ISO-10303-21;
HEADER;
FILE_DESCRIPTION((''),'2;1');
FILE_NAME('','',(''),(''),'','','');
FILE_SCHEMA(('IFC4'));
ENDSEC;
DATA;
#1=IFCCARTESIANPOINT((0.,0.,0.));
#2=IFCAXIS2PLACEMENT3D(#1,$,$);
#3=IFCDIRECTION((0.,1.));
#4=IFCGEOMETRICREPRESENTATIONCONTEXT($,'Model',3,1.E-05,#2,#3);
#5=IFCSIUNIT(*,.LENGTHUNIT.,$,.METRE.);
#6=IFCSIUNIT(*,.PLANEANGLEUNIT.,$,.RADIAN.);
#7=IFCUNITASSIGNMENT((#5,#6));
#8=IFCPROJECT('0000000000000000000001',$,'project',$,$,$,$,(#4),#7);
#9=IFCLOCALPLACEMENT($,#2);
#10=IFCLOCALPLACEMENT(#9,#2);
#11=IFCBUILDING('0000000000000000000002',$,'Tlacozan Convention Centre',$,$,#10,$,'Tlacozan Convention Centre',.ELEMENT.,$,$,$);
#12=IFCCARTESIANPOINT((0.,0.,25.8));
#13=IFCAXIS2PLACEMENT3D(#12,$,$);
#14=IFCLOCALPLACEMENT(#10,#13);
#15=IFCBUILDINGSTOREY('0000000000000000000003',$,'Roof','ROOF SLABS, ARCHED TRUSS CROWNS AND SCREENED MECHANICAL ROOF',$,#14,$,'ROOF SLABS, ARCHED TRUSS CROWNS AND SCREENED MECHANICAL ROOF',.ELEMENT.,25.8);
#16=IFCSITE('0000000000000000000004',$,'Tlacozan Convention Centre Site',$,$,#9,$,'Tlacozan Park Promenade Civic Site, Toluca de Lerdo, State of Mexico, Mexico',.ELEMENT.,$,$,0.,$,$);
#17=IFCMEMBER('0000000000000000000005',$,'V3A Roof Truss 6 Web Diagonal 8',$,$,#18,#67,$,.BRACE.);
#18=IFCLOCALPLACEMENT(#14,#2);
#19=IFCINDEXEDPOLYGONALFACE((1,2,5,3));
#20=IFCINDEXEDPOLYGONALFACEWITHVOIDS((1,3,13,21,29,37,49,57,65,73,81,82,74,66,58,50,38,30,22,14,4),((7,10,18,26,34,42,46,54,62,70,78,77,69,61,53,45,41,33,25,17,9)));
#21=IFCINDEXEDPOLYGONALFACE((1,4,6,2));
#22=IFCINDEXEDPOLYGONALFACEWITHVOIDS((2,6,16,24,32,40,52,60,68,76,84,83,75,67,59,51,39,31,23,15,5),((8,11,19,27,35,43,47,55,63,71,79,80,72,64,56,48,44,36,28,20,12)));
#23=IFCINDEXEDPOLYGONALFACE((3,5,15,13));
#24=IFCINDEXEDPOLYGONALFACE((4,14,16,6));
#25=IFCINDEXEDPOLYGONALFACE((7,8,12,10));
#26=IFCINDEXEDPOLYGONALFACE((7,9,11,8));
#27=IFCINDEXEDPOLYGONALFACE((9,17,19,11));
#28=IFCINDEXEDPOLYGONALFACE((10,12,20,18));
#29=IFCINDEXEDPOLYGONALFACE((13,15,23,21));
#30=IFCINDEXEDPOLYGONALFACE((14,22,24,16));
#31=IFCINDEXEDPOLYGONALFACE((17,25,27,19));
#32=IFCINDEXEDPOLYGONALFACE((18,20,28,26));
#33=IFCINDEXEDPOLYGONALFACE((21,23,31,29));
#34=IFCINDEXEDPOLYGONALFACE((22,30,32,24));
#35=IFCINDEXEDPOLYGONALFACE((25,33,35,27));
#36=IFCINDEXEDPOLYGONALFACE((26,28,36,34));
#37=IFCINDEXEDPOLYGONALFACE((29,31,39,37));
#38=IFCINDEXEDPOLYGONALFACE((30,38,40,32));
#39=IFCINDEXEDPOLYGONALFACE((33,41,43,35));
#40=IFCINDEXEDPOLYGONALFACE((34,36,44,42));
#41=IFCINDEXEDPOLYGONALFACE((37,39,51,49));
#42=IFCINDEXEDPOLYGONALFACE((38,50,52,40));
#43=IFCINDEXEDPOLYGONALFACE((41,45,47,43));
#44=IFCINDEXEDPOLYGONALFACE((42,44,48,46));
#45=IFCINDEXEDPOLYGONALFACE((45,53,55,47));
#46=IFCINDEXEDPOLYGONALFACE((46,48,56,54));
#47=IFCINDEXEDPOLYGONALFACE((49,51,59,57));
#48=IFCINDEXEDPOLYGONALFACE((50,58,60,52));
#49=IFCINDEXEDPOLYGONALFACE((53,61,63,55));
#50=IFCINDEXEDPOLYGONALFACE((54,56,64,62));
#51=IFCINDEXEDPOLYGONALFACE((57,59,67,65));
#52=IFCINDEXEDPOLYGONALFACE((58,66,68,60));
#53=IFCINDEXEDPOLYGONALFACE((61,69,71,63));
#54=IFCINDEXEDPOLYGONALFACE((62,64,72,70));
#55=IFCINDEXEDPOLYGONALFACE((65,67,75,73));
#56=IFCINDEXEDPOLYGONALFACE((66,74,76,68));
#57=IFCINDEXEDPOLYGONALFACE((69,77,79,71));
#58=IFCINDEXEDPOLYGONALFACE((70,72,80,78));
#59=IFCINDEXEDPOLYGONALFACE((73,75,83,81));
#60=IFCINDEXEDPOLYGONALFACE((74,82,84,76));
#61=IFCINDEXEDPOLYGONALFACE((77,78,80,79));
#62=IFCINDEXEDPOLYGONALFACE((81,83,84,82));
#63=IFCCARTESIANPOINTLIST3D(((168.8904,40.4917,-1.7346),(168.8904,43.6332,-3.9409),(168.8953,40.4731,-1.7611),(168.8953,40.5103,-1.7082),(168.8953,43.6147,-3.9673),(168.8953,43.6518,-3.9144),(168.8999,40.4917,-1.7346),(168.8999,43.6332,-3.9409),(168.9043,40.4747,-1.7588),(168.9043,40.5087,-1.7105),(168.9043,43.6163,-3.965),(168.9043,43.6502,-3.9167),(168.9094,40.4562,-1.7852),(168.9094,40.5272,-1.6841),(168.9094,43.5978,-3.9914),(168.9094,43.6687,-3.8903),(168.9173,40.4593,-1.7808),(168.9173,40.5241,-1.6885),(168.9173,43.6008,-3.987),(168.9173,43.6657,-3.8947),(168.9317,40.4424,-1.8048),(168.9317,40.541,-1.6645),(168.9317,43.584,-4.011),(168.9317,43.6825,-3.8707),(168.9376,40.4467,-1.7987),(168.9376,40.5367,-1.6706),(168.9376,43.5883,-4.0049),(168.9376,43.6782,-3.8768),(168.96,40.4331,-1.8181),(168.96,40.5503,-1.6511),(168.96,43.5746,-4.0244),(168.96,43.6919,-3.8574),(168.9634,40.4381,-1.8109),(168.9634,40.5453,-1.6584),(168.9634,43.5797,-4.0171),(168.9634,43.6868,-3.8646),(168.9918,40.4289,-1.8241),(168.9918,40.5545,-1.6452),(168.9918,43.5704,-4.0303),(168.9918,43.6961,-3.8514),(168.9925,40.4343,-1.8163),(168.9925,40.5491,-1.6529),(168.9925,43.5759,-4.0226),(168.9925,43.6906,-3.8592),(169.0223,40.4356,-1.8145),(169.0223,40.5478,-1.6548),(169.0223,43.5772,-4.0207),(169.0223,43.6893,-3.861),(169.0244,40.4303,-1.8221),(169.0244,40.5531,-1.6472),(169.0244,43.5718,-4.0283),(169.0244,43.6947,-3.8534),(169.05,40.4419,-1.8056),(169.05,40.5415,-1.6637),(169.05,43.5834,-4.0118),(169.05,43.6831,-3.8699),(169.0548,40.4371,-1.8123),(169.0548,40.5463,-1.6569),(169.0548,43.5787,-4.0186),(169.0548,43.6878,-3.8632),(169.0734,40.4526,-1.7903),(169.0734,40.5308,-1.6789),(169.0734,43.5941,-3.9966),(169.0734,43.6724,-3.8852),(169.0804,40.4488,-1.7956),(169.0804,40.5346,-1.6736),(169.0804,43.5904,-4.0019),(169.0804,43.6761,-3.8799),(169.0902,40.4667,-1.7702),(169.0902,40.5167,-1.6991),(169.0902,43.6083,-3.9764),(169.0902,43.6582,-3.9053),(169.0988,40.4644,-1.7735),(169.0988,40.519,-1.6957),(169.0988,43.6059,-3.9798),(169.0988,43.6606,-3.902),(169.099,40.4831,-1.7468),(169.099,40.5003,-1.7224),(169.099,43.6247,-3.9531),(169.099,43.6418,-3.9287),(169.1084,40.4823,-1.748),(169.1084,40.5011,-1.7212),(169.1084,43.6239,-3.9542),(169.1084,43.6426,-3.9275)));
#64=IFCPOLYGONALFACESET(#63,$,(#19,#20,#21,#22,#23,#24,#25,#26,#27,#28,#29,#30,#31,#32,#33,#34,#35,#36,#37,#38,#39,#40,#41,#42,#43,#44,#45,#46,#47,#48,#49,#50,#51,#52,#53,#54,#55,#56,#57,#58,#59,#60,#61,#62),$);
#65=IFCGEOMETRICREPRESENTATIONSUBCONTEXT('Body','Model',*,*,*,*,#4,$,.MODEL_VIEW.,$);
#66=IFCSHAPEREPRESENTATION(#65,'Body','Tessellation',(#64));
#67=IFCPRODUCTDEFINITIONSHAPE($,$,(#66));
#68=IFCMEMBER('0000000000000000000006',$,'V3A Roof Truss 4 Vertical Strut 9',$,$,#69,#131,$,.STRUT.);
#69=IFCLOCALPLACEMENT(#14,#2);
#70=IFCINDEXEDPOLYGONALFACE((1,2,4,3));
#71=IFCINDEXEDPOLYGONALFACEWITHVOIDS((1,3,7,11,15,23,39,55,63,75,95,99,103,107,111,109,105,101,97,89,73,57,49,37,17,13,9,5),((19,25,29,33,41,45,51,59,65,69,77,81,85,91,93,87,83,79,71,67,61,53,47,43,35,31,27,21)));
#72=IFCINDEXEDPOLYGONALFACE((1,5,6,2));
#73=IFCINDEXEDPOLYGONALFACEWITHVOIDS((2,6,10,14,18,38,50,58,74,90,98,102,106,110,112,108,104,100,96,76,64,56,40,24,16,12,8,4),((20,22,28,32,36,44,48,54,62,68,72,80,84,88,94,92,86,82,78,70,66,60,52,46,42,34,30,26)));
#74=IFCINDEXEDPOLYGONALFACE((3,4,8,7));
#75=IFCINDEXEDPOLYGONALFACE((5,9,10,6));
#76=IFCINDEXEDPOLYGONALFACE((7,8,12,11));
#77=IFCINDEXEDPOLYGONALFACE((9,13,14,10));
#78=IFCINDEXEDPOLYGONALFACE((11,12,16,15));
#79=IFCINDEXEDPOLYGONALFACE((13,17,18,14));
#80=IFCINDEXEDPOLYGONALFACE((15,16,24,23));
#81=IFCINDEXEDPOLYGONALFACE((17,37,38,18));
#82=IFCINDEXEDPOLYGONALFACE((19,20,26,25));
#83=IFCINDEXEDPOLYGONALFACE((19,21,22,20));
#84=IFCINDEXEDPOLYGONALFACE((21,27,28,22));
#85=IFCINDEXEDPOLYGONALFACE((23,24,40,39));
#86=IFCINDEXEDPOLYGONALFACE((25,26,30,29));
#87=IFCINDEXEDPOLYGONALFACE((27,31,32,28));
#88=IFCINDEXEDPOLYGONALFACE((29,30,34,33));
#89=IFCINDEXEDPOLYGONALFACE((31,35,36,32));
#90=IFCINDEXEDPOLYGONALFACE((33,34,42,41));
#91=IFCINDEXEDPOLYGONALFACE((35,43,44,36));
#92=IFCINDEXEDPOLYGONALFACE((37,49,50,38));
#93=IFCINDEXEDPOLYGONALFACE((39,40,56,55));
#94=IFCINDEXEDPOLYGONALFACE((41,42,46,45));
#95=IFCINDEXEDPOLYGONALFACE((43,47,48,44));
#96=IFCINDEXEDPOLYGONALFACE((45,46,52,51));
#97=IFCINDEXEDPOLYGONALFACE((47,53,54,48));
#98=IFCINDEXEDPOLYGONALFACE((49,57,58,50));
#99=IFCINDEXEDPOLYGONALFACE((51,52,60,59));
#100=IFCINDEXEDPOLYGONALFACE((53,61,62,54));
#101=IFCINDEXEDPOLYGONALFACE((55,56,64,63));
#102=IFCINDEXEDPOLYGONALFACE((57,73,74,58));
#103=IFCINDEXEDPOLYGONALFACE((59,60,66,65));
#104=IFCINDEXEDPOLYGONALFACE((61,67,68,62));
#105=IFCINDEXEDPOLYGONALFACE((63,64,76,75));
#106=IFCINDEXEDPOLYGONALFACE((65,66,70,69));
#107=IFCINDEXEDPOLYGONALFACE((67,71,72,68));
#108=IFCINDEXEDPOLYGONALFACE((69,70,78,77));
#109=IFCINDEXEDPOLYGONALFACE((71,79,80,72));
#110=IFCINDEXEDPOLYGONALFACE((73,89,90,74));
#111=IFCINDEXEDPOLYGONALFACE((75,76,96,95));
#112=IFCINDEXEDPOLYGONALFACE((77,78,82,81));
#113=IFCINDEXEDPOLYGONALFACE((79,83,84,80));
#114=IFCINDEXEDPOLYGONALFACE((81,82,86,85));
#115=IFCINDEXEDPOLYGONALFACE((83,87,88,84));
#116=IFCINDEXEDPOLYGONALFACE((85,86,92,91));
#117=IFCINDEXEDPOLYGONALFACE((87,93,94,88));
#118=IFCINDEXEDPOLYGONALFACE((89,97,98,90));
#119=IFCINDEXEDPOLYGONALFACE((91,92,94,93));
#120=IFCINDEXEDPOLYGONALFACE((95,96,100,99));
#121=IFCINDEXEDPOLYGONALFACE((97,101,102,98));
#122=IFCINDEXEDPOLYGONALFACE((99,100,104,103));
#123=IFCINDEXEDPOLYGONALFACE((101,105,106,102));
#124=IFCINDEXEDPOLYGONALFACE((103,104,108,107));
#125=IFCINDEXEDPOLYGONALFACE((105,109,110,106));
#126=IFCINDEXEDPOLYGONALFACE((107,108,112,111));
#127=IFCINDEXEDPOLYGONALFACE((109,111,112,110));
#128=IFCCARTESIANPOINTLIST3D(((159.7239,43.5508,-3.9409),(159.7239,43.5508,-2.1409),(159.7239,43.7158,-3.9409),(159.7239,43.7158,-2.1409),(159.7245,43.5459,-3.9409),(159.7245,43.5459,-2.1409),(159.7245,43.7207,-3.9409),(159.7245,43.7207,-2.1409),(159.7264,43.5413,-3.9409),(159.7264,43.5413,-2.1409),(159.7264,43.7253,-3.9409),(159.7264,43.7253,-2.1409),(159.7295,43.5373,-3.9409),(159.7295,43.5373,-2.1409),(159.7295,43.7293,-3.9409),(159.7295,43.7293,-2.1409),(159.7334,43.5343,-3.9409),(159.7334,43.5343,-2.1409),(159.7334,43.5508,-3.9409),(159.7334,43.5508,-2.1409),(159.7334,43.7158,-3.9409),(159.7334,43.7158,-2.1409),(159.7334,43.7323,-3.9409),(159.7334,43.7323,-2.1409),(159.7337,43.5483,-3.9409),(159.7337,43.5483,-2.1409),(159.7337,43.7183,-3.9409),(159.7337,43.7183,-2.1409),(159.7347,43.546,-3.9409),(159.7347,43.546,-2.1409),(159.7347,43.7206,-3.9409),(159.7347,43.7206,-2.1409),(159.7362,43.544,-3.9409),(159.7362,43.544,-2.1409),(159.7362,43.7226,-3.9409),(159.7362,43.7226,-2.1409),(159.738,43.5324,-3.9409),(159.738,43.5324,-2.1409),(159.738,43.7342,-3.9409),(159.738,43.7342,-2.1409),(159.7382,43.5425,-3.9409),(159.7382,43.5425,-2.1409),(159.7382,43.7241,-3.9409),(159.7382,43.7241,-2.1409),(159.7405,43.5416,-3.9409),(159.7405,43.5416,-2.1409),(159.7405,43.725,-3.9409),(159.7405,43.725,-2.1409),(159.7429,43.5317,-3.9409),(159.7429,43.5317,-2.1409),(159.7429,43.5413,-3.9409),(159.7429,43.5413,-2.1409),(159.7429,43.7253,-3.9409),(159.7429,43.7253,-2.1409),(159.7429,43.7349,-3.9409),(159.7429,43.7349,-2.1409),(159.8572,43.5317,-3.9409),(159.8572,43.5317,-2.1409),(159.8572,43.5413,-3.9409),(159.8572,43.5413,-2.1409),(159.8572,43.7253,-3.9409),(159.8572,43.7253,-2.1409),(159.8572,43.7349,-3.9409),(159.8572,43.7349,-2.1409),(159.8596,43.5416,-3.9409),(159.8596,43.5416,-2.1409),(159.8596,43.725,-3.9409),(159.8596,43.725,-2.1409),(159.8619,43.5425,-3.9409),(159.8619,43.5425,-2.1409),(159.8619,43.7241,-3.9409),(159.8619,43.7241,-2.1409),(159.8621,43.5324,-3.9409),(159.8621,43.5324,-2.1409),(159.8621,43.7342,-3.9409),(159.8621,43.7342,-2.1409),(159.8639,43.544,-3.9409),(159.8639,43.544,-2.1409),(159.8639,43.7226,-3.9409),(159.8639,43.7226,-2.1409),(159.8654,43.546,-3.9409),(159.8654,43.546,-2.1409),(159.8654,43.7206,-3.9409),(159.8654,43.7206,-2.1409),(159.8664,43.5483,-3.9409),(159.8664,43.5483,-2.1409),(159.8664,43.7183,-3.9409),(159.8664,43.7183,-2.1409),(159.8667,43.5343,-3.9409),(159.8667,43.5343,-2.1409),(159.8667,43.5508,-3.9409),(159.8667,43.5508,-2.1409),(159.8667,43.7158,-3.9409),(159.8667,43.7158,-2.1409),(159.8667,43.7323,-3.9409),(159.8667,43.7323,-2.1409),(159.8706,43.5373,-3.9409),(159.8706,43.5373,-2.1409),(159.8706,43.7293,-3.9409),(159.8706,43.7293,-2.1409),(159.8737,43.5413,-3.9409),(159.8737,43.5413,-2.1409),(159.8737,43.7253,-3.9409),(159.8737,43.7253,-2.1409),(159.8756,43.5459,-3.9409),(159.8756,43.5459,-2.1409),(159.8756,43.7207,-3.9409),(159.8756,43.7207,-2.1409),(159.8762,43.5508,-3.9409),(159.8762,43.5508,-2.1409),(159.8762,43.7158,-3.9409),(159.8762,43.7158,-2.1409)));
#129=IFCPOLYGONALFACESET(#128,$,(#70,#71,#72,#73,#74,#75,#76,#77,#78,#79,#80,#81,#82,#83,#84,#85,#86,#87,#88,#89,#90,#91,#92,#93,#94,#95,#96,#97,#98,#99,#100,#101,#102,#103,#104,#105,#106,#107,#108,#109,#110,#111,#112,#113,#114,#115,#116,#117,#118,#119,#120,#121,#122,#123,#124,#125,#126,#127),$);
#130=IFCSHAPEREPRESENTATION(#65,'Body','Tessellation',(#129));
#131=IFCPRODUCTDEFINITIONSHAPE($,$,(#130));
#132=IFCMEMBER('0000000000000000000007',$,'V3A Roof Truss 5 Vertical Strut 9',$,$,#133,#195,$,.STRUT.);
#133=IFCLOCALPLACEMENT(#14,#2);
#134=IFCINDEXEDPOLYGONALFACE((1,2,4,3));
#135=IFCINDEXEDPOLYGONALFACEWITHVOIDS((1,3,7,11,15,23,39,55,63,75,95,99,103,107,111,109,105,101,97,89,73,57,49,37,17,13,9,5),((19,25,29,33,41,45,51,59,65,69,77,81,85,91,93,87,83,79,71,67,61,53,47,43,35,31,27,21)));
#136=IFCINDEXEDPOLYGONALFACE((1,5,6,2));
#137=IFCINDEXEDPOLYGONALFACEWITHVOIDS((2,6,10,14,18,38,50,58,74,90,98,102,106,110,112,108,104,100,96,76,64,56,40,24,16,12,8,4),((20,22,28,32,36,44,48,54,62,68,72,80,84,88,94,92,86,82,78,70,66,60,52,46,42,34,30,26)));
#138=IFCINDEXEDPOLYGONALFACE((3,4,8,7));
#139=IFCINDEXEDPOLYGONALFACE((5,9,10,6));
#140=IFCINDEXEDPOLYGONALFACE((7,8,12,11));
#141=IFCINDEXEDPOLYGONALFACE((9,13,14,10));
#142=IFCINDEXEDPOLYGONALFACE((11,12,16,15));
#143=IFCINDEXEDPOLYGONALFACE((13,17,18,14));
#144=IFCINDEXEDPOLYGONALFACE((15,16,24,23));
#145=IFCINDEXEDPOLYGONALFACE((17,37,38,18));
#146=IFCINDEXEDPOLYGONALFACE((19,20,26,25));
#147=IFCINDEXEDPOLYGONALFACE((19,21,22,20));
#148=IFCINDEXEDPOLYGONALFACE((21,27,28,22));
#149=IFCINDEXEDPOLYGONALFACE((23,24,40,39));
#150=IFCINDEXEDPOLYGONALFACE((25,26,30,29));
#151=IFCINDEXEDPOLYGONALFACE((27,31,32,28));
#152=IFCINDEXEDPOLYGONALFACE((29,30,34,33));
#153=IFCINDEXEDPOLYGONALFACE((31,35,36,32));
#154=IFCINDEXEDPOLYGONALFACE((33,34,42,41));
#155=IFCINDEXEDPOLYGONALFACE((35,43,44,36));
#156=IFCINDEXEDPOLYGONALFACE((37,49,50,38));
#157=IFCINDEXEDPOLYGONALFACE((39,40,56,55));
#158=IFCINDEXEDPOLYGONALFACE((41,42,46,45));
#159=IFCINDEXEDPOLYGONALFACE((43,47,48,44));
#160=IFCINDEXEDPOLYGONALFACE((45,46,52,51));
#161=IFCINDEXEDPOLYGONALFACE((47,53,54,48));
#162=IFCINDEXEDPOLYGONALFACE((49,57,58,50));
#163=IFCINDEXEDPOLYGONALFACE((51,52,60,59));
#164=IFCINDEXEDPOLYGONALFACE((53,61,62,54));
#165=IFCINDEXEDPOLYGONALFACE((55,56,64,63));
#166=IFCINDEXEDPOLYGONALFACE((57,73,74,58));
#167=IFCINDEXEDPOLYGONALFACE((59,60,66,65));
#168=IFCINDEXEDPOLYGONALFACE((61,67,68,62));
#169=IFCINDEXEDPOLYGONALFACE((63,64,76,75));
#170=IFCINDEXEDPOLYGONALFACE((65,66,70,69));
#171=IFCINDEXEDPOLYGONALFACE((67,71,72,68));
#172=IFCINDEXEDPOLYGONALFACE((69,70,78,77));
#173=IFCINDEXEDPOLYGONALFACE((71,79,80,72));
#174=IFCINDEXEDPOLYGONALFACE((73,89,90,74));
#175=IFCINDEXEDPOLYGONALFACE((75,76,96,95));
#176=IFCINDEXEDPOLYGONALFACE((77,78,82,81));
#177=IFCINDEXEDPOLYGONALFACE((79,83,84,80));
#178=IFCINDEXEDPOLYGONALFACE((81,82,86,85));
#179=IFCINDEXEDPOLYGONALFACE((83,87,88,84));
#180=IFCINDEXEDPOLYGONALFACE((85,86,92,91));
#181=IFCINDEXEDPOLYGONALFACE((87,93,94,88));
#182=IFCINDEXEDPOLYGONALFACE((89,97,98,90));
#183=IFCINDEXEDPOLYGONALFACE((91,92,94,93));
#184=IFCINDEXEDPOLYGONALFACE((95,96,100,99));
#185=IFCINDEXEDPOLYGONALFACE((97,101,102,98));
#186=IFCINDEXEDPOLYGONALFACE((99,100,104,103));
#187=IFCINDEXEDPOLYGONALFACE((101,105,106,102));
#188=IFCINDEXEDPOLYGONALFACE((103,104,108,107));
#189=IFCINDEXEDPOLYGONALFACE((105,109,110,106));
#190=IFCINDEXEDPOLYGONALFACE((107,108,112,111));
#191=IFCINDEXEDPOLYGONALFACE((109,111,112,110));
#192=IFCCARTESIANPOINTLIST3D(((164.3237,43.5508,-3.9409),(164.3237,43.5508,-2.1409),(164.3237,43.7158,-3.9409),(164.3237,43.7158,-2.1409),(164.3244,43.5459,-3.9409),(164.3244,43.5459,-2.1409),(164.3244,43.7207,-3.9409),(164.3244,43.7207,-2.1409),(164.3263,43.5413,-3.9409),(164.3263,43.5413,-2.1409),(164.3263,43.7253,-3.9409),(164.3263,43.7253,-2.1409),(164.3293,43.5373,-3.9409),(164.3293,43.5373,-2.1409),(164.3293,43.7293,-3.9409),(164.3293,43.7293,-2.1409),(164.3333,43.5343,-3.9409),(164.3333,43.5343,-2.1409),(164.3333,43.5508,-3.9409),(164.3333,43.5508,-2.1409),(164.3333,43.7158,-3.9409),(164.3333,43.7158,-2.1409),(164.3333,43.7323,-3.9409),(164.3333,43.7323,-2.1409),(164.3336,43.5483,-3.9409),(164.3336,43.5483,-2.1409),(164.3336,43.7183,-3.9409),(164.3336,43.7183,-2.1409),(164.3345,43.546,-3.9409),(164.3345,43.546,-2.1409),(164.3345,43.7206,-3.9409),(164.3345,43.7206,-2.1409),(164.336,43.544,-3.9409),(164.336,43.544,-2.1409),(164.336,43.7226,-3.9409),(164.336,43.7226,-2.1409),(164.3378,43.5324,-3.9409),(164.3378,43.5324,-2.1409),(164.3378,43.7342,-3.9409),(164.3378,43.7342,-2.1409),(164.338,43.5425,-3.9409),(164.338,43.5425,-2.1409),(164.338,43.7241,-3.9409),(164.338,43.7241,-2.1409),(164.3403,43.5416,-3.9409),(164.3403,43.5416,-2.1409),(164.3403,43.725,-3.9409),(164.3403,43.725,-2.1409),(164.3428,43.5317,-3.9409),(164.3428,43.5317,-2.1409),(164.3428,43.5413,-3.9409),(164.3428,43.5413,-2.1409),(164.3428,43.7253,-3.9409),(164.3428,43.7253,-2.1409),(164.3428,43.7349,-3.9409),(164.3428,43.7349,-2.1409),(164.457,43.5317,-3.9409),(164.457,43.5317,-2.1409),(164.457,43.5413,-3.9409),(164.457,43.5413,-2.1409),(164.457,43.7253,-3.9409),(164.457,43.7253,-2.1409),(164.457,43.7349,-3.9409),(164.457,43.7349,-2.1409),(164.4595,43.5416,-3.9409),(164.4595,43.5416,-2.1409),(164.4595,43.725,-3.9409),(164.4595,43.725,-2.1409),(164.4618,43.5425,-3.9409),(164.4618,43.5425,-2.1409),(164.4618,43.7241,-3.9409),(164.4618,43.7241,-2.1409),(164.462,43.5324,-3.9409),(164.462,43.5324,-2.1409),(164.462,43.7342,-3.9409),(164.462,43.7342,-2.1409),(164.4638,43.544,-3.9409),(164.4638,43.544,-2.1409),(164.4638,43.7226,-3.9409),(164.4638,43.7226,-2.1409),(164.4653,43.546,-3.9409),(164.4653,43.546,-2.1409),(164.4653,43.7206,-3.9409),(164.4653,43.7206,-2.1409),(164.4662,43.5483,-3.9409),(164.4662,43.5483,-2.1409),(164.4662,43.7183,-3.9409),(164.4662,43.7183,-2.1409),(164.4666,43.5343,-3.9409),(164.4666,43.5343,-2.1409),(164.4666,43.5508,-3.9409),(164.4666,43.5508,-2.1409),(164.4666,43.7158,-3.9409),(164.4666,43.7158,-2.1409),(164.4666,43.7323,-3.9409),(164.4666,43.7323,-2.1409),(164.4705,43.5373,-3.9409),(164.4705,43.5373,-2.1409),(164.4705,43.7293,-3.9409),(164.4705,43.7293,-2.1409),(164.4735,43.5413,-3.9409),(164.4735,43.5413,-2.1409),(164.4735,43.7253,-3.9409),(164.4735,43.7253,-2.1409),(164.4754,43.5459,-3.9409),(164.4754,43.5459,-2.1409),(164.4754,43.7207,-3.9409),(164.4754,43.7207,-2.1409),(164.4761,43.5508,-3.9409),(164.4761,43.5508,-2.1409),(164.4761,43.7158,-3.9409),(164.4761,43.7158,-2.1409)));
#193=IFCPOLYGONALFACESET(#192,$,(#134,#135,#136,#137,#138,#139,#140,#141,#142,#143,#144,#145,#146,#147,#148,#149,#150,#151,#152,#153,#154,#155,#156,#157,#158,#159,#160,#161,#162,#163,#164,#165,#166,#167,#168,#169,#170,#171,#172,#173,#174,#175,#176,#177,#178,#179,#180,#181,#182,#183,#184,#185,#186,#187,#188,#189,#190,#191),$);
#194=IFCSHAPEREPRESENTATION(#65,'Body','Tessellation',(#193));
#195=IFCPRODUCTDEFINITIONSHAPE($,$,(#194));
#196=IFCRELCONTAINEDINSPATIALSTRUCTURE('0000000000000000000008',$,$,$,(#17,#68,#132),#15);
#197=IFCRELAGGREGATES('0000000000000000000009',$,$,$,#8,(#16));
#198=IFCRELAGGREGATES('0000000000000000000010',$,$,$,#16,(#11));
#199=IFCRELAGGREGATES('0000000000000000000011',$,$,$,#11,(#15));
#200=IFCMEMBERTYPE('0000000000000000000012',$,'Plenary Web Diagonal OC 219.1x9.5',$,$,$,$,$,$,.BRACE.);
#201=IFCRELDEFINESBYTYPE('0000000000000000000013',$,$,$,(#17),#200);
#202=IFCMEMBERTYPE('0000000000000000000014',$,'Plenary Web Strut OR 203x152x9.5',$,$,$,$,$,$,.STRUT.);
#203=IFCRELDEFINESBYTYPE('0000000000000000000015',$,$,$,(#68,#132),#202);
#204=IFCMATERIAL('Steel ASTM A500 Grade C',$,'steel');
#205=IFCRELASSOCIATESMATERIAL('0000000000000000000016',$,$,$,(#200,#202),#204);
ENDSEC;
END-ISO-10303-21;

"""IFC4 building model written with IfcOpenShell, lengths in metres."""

from ifc_helpers import new_model, si_unit, direction, frame, origin, origin_2d, place, context, subcontext, project, spatial, hollow_rectangle, hollow_circle, extrude, material, material_profile, profile_set, type_object, element, save


model = new_model("IFC4")

# Units and contexts
model_context = context("Model", 3, precision=1e-05, world=origin(), true_north=direction((0.0, 1.0)))
body_context = subcontext(model_context, "Body", "Model", "MODEL_VIEW")
ifc_project = project(units=[si_unit("LENGTHUNIT", "METRE"), si_unit("PLANEANGLEUNIT", "RADIAN")], contexts=[model_context])

# Site, building, storey
site_placement = place(None, origin())
site = spatial("IfcSite", under=ifc_project, at=site_placement, Name="Tlacozan Convention Centre Site", LongName="Tlacozan Park Promenade Civic Site, Toluca de Lerdo, State of Mexico, Mexico", CompositionType="ELEMENT", RefElevation=0.0)
building_placement = place(site_placement, origin())
building = spatial("IfcBuilding", under=site, at=building_placement, Name="Tlacozan Convention Centre", LongName="Tlacozan Convention Centre", CompositionType="ELEMENT")
storey_placement = place(building_placement, frame((0.0, 0.0, 25.8)))
storey = spatial("IfcBuildingStorey", under=building, at=storey_placement, Name="Roof", Description="ROOF SLABS, ARCHED TRUSS CROWNS AND SCREENED MECHANICAL ROOF", LongName="ROOF SLABS, ARCHED TRUSS CROWNS AND SCREENED MECHANICAL ROOF", CompositionType="ELEMENT", Elevation=25.8)

# Members
ifc_material_1 = material(Name="Steel ASTM A500 Grade C", Category="steel")
ifc_material_profile_1 = material_profile(ifc_material_1, hollow_circle(Radius=0.1096, WallThickness=0.0095, at=origin_2d()), Name="OC 219.1x9.5")
ifc_profile_set_1 = profile_set([ifc_material_profile_1], Name="Steel ASTM A500 Grade C")
member_type_1 = type_object("IfcMemberType", Name="Plenary Web Diagonal OC 219.1x9.5", PredefinedType="BRACE", material=ifc_profile_set_1)
member_1_placement = place(storey_placement, frame((169.0, 40.4917, -1.7346), z_axis=(0.0, 0.818353, -0.574717), x_axis=(-1.0, 0.0, 0.0)))
element("IfcMember", 1, at=member_1_placement, inside=storey, type_object=member_type_1, Name="V3A Roof Truss 6 Web Diagonal 8", PredefinedType="BRACE", context=body_context, shape_type="SweptSolid", body=[
    extrude(hollow_circle(Radius=0.1096, WallThickness=0.0095, at=origin_2d()), origin(), (0.0, 0.0, 1.0), 3.8389),
])
ifc_material_profile_2 = material_profile(ifc_material_1, hollow_rectangle(XDim=0.1523, YDim=0.2031, WallThickness=0.0095, InnerFilletRadius=0.0095, OuterFilletRadius=0.019, at=origin_2d()), Name="OR 203x152x9.5")
ifc_profile_set_2 = profile_set([ifc_material_profile_2], Name="Steel ASTM A500 Grade C")
member_type_2 = type_object("IfcMemberType", Name="Plenary Web Strut OR 203x152x9.5", PredefinedType="STRUT", material=ifc_profile_set_2)
for number, where, z_axis, x_axis, name in (
    (2, (159.8, 43.6333, -3.9409), (0.0, 0.0, 1.0), (1.0, 0.0, 0.0), "V3A Roof Truss 4 Vertical Strut 9"),
    (3, (164.3999, 43.6333, -3.9409), (0.0, 0.0, 1.0), (1.0, 0.0, 0.0), "V3A Roof Truss 5 Vertical Strut 9"),
):
    element("IfcMember", number, at=place(storey_placement, frame(where, z_axis=z_axis, x_axis=x_axis)), inside=storey, type_object=member_type_2, Name=name, PredefinedType="STRUT", context=body_context, shape_type="SweptSolid", body=[
        extrude(hollow_rectangle(XDim=0.1523, YDim=0.2031, WallThickness=0.0095, InnerFilletRadius=0.0095, OuterFilletRadius=0.019, at=origin_2d()), origin(), (0.0, 0.0, 1.0), 1.8),
    ])

save(model, "model.ifc")
